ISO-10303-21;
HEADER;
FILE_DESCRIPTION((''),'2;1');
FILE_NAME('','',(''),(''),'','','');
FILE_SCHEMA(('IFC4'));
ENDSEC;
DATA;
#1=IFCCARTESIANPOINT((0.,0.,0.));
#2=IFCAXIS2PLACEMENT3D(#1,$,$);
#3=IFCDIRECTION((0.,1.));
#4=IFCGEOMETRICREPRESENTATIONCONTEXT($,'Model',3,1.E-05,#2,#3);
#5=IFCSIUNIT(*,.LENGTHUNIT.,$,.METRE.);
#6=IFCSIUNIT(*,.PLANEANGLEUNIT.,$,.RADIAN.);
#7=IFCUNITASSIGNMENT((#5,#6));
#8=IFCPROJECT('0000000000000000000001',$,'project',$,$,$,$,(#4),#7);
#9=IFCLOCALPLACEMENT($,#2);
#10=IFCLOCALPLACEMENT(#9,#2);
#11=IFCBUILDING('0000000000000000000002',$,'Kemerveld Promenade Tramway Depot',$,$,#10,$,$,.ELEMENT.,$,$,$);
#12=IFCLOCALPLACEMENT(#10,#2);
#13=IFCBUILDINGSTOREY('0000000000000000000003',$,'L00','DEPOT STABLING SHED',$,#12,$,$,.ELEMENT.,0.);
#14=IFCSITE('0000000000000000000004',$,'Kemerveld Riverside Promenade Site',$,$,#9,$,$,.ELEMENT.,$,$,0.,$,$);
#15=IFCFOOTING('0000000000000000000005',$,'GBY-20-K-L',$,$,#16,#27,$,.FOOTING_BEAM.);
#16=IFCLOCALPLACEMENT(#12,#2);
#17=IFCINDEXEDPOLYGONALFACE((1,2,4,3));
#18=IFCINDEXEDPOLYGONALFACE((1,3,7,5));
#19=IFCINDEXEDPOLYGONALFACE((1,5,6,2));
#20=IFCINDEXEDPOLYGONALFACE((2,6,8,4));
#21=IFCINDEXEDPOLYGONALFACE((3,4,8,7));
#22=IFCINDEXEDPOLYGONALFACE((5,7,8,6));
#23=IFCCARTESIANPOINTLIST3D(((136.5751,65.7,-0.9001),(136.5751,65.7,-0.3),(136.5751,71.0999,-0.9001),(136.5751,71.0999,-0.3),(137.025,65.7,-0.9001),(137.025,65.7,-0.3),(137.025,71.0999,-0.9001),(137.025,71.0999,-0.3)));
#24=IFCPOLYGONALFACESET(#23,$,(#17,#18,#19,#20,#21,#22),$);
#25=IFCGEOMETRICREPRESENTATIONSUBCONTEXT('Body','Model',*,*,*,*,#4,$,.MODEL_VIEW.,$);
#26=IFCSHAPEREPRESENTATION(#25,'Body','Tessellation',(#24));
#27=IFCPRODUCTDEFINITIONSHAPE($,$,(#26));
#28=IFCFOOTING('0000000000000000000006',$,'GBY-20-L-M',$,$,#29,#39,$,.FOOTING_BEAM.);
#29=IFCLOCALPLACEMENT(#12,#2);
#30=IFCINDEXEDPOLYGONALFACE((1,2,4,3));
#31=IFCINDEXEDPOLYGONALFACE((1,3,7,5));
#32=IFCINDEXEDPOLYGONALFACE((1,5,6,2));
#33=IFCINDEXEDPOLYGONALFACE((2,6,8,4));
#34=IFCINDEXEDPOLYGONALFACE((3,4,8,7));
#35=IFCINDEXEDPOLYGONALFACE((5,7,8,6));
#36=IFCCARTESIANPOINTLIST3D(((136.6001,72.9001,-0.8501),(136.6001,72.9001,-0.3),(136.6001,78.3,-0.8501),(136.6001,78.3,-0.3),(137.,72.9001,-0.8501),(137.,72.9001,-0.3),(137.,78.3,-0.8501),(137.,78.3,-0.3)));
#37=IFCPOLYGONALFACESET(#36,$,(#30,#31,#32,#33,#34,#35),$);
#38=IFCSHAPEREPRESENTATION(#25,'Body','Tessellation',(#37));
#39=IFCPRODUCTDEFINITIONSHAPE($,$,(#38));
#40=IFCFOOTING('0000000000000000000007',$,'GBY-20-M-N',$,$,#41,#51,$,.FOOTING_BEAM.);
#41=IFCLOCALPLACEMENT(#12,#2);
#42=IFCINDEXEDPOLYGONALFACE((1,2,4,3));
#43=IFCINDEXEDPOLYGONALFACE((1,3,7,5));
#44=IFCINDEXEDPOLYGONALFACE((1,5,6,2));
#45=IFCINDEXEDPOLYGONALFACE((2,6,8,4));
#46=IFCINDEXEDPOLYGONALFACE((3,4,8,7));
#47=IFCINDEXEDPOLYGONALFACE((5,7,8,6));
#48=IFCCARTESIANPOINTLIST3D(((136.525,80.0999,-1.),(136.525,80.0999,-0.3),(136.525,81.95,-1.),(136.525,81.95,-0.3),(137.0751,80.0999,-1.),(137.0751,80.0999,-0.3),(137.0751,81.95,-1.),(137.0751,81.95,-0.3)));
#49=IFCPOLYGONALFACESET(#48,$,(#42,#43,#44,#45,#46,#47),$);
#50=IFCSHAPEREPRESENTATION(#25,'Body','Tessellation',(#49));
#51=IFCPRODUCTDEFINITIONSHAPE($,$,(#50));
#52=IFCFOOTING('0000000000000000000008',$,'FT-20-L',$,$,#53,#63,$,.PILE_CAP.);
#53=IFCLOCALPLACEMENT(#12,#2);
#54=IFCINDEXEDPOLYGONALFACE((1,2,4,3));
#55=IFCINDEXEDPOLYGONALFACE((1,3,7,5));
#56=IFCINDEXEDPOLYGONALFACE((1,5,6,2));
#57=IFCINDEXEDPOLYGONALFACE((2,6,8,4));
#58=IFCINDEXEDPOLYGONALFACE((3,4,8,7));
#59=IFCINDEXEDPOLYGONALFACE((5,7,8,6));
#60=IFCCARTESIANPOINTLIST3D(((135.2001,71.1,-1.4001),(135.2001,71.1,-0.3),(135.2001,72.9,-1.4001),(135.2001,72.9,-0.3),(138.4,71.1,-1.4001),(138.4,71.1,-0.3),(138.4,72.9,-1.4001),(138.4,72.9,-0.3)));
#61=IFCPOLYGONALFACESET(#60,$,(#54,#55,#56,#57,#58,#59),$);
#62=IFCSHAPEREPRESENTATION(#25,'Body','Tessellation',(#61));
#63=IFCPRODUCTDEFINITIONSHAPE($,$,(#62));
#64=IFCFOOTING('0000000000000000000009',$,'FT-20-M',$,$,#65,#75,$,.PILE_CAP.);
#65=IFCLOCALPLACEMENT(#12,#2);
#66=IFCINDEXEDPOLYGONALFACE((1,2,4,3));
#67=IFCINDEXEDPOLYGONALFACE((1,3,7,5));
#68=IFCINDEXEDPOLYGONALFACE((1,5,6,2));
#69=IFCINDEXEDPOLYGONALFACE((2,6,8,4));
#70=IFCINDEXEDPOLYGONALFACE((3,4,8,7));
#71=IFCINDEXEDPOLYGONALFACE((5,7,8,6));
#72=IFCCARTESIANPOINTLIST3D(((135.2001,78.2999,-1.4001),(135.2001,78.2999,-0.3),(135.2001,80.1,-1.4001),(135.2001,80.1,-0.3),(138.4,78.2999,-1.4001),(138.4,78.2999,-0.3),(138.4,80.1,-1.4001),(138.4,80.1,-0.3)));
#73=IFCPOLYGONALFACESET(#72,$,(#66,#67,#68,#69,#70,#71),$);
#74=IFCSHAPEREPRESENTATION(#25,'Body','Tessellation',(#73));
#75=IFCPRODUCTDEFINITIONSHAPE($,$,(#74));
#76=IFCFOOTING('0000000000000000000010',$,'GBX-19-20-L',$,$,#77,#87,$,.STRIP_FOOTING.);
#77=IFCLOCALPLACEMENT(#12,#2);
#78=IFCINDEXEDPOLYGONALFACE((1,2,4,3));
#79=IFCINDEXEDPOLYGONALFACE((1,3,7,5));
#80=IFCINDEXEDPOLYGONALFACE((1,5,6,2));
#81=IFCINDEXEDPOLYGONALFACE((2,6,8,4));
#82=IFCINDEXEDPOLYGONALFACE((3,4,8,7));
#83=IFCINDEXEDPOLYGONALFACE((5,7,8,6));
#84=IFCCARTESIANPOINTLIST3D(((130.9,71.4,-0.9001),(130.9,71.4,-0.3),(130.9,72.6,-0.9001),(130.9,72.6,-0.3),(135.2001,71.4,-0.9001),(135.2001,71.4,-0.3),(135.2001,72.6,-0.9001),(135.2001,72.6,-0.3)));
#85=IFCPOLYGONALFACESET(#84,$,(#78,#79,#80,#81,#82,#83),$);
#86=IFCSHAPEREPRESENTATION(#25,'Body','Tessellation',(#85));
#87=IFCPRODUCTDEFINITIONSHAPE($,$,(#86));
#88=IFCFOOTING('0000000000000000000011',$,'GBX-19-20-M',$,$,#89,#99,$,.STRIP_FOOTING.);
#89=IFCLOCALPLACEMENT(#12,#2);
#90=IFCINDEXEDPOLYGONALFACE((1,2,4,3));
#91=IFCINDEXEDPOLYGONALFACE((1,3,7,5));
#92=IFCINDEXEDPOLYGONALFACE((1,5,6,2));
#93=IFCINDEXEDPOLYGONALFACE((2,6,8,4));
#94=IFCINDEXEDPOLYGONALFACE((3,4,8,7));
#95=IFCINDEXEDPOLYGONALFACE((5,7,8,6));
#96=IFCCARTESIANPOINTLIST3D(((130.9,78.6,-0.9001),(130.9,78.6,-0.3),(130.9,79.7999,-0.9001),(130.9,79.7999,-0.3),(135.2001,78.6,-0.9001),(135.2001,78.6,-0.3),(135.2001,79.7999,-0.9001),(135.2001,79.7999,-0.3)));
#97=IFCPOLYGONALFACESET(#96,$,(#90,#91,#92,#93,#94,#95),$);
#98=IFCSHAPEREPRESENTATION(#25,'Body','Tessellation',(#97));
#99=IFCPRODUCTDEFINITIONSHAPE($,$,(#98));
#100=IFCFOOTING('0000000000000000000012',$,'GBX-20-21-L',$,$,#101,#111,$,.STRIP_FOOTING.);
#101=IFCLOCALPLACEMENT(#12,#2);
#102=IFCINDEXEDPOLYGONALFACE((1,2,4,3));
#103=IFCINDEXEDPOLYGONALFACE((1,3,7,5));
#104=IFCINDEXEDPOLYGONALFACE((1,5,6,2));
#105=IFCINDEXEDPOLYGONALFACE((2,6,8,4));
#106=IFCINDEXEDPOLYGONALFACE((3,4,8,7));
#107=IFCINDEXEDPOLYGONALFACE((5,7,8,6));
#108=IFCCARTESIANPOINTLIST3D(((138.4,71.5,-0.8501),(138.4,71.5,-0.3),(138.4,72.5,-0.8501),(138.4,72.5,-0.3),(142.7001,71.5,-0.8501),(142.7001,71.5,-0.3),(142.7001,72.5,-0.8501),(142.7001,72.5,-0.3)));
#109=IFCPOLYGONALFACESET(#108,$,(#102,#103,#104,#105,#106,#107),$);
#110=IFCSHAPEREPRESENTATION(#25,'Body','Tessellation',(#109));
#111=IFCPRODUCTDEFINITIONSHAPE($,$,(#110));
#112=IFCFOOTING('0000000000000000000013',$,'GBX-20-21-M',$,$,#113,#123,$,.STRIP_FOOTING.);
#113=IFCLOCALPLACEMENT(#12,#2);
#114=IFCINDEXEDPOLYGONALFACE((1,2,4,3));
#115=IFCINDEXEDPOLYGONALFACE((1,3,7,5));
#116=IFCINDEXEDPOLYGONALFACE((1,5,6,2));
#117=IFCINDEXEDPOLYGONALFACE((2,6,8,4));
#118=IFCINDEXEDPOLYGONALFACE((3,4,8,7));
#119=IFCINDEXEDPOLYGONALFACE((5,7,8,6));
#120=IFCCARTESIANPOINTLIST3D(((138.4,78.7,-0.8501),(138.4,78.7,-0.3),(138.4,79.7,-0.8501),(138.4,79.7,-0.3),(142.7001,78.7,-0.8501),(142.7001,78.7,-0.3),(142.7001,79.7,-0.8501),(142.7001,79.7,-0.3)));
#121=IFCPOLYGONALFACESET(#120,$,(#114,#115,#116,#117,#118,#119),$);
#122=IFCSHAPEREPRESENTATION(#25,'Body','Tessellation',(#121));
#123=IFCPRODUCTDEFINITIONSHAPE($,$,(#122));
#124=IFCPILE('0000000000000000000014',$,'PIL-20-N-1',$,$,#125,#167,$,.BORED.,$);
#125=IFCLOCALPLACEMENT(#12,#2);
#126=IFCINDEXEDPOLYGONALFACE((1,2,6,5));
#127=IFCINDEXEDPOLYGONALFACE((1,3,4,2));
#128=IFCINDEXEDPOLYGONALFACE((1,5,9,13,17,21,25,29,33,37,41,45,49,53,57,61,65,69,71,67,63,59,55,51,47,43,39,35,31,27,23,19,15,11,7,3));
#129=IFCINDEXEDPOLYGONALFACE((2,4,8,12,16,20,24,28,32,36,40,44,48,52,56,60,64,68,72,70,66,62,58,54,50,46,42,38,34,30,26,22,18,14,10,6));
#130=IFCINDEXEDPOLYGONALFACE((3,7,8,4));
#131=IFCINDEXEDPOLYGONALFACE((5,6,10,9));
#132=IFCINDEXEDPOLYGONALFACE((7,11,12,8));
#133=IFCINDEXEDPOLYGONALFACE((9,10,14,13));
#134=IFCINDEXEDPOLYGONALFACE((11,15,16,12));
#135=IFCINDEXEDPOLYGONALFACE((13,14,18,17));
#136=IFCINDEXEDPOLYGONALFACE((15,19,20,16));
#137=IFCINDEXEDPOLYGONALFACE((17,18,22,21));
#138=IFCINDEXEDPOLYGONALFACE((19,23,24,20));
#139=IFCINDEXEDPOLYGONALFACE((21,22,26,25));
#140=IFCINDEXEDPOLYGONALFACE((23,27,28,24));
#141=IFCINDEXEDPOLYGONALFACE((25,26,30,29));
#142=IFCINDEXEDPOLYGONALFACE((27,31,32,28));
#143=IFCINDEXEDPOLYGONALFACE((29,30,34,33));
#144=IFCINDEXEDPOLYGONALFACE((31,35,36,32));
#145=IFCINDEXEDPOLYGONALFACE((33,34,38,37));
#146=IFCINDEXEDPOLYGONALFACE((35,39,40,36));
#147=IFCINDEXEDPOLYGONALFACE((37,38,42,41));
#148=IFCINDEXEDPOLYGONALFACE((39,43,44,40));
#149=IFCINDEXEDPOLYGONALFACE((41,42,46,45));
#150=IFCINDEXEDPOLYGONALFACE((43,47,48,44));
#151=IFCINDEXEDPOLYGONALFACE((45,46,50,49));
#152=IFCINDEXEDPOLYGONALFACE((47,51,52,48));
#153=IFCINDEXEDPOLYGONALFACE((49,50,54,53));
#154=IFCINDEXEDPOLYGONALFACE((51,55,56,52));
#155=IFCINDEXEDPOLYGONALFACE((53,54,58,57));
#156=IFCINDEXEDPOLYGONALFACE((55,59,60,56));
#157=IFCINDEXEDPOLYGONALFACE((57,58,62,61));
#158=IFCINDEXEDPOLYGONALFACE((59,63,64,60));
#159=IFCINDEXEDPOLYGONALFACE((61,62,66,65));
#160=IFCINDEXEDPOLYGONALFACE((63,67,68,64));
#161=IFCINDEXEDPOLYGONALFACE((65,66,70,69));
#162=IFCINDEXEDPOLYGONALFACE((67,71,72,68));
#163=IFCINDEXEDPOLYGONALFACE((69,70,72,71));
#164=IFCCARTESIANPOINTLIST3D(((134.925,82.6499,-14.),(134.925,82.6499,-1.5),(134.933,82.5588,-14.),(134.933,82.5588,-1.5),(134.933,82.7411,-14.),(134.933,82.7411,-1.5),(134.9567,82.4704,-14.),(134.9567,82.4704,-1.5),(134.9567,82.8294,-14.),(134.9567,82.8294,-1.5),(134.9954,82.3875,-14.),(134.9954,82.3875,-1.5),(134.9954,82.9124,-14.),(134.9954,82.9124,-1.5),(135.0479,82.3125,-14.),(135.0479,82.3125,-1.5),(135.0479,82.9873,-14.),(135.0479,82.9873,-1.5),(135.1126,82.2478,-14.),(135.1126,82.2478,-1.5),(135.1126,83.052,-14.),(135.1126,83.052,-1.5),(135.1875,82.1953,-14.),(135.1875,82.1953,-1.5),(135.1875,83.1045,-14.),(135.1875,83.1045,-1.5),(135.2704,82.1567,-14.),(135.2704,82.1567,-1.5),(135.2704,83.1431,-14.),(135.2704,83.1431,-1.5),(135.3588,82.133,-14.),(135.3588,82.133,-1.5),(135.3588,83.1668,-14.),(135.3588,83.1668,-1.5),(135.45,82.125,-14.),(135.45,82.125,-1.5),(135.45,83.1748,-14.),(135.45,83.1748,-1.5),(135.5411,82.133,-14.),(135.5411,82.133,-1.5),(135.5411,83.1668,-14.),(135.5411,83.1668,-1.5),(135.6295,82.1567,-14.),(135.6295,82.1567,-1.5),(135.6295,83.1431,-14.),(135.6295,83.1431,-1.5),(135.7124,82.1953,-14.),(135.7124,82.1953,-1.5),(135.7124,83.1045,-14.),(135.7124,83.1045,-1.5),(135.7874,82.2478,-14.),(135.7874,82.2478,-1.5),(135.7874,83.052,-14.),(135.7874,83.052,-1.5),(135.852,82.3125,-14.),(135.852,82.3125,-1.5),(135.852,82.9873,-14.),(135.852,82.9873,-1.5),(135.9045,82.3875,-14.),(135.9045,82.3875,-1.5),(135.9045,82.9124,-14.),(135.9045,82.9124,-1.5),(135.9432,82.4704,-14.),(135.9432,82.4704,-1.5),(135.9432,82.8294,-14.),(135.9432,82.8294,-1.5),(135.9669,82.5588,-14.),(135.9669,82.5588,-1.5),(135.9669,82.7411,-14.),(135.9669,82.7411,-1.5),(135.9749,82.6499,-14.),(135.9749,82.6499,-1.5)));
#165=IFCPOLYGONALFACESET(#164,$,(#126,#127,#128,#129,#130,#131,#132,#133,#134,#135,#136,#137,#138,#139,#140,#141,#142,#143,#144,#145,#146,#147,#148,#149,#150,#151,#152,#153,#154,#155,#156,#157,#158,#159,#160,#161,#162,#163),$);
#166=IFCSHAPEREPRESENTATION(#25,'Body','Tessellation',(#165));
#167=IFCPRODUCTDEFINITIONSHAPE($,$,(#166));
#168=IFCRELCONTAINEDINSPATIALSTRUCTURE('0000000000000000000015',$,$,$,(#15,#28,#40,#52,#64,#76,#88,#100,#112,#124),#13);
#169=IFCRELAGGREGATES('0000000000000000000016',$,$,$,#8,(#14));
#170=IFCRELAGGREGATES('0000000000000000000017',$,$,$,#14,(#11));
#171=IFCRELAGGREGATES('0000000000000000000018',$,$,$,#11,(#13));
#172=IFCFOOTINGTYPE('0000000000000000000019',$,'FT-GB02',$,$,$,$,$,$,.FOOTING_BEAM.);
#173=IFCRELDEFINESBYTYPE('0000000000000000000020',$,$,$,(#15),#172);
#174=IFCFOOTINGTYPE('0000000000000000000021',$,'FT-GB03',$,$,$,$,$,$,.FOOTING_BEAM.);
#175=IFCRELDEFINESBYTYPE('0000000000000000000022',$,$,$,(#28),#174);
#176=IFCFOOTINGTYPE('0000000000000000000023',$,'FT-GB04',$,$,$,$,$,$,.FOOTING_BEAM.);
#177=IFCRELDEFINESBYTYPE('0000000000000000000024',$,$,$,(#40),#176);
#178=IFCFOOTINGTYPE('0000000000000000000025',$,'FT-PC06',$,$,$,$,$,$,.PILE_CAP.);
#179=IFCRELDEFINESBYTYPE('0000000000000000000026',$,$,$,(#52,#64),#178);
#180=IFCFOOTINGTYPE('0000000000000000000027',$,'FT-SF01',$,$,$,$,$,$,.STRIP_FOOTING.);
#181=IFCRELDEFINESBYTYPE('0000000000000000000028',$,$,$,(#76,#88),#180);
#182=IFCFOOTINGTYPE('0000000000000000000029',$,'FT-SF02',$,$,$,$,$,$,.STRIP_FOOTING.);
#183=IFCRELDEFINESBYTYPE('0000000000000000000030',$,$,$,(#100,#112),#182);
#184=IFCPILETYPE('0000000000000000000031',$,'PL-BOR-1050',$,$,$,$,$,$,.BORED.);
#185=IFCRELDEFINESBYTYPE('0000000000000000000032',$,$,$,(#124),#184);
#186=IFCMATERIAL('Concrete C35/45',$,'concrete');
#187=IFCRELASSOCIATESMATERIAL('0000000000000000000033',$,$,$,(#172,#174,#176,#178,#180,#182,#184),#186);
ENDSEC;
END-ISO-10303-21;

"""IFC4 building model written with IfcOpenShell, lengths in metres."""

from ifc_helpers import new_model, si_unit, direction, frame, origin, origin_2d, place, context, subcontext, project, spatial, rectangle, circle, extrude, material, material_profile, profile_set, type_object, element, save


model = new_model("IFC4")

# Units and contexts
model_context = context("Model", 3, precision=1e-05, world=origin(), true_north=direction((0.0, 1.0)))
body_context = subcontext(model_context, "Body", "Model", "MODEL_VIEW")
ifc_project = project(units=[si_unit("LENGTHUNIT", "METRE"), si_unit("PLANEANGLEUNIT", "RADIAN")], contexts=[model_context])

# Site, building, storey
site_placement = place(None, origin())
site = spatial("IfcSite", under=ifc_project, at=site_placement, Name="Kemerveld Riverside Promenade Site", CompositionType="ELEMENT", RefElevation=0.0)
building_placement = place(site_placement, origin())
building = spatial("IfcBuilding", under=site, at=building_placement, Name="Kemerveld Promenade Tramway Depot", CompositionType="ELEMENT")
storey_placement = place(building_placement, origin())
storey = spatial("IfcBuildingStorey", under=building, at=storey_placement, Name="L00", Description="DEPOT STABLING SHED", CompositionType="ELEMENT", Elevation=0.0)

# Footings
ifc_material_1 = material(Name="Concrete C35/45", Category="concrete")
footing_type_1 = type_object("IfcFootingType", Name="FT-GB02", PredefinedType="FOOTING_BEAM", material=ifc_material_1)
footing_1_placement = place(storey_placement, frame((136.8, 68.3999, -0.9001), z_axis=(0.0, 0.0, 1.0), x_axis=(0.0, 1.0, 0.0)))
element("IfcFooting", 1, at=footing_1_placement, inside=storey, type_object=footing_type_1, Name="GBY-20-K-L", PredefinedType="FOOTING_BEAM", context=body_context, shape_type="SweptSolid", body=[
    extrude(rectangle(XDim=5.3999, YDim=0.45, at=origin_2d()), origin(), (0.0, 0.0, 1.0), 0.6001),
])
footing_type_2 = type_object("IfcFootingType", Name="FT-GB03", PredefinedType="FOOTING_BEAM", material=ifc_material_1)
footing_2_placement = place(storey_placement, frame((136.8, 75.6001, -0.8501), z_axis=(0.0, 0.0, 1.0), x_axis=(0.0, 1.0, 0.0)))
element("IfcFooting", 2, at=footing_2_placement, inside=storey, type_object=footing_type_2, Name="GBY-20-L-M", PredefinedType="FOOTING_BEAM", context=body_context, shape_type="SweptSolid", body=[
    extrude(rectangle(XDim=5.3999, YDim=0.3999, at=origin_2d()), origin(), (0.0, 0.0, 1.0), 0.55),
])
footing_type_3 = type_object("IfcFootingType", Name="FT-GB04", PredefinedType="FOOTING_BEAM", material=ifc_material_1)
footing_3_placement = place(storey_placement, frame((136.8, 81.0249, -1.0), z_axis=(0.0, 0.0, 1.0), x_axis=(0.0, 1.0, 0.0)))
element("IfcFooting", 3, at=footing_3_placement, inside=storey, type_object=footing_type_3, Name="GBY-20-M-N", PredefinedType="FOOTING_BEAM", context=body_context, shape_type="SweptSolid", body=[
    extrude(rectangle(XDim=1.8501, YDim=0.55, at=origin_2d()), origin(), (0.0, 0.0, 1.0), 0.7),
])
footing_type_4 = type_object("IfcFootingType", Name="FT-PC06", PredefinedType="PILE_CAP", material=ifc_material_1)
for number, where, z_axis, x_axis, name in (
    (4, (136.8, 72.0, -1.4001), (0.0, 0.0, 1.0), (1.0, 0.0, 0.0), "FT-20-L"),
    (5, (136.8, 79.2, -1.4001), (0.0, 0.0, 1.0), (1.0, 0.0, 0.0), "FT-20-M"),
):
    element("IfcFooting", number, at=place(storey_placement, frame(where, z_axis=z_axis, x_axis=x_axis)), inside=storey, type_object=footing_type_4, Name=name, PredefinedType="PILE_CAP", context=body_context, shape_type="SweptSolid", body=[
        extrude(rectangle(XDim=3.2, YDim=1.8, at=origin_2d()), origin(), (0.0, 0.0, 1.0), 1.1001),
    ])
footing_type_5 = type_object("IfcFootingType", Name="FT-SF01", PredefinedType="STRIP_FOOTING", material=ifc_material_1)
for number, where, z_axis, x_axis, name in (
    (6, (133.05, 72.0, -0.9001), (0.0, 0.0, 1.0), (1.0, 0.0, 0.0), "GBX-19-20-L"),
    (7, (133.05, 79.2, -0.9001), (0.0, 0.0, 1.0), (1.0, 0.0, 0.0), "GBX-19-20-M"),
):
    element("IfcFooting", number, at=place(storey_placement, frame(where, z_axis=z_axis, x_axis=x_axis)), inside=storey, type_object=footing_type_5, Name=name, PredefinedType="STRIP_FOOTING", context=body_context, shape_type="SweptSolid", body=[
        extrude(rectangle(XDim=4.3, YDim=1.2, at=origin_2d()), origin(), (0.0, 0.0, 1.0), 0.6001),
    ])
footing_type_6 = type_object("IfcFootingType", Name="FT-SF02", PredefinedType="STRIP_FOOTING", material=ifc_material_1)
for number, where, z_axis, x_axis, name in (
    (8, (140.55, 72.0, -0.8501), (0.0, 0.0, 1.0), (1.0, 0.0, 0.0), "GBX-20-21-L"),
    (9, (140.55, 79.2, -0.8501), (0.0, 0.0, 1.0), (1.0, 0.0, 0.0), "GBX-20-21-M"),
):
    element("IfcFooting", number, at=place(storey_placement, frame(where, z_axis=z_axis, x_axis=x_axis)), inside=storey, type_object=footing_type_6, Name=name, PredefinedType="STRIP_FOOTING", context=body_context, shape_type="SweptSolid", body=[
        extrude(rectangle(XDim=4.3, YDim=1.0, at=origin_2d()), origin(), (0.0, 0.0, 1.0), 0.55),
    ])

# Pile
ifc_material_profile_1 = material_profile(ifc_material_1, circle(Radius=0.5249, at=origin_2d()), Name="PILE-D1050")
ifc_profile_set_1 = profile_set([ifc_material_profile_1], Name="Concrete C35/45")
pile_type_1 = type_object("IfcPileType", Name="PL-BOR-1050", PredefinedType="BORED", material=ifc_profile_set_1)
for number, where, z_axis, x_axis, name in (
    (10, (135.45, 82.6499, -1.5), (0.0, 0.0, -1.0), (1.0, 0.0, 0.0), "PIL-20-N-1"),
):
    element("IfcPile", number, at=place(storey_placement, frame(where, z_axis=z_axis, x_axis=x_axis)), inside=storey, type_object=pile_type_1, Name=name, PredefinedType="BORED", context=body_context, shape_type="SweptSolid", body=[
        extrude(circle(Radius=0.5249, at=origin_2d()), origin(), (0.0, 0.0, 1.0), 12.5),
    ])

save(model, "model.ifc")
